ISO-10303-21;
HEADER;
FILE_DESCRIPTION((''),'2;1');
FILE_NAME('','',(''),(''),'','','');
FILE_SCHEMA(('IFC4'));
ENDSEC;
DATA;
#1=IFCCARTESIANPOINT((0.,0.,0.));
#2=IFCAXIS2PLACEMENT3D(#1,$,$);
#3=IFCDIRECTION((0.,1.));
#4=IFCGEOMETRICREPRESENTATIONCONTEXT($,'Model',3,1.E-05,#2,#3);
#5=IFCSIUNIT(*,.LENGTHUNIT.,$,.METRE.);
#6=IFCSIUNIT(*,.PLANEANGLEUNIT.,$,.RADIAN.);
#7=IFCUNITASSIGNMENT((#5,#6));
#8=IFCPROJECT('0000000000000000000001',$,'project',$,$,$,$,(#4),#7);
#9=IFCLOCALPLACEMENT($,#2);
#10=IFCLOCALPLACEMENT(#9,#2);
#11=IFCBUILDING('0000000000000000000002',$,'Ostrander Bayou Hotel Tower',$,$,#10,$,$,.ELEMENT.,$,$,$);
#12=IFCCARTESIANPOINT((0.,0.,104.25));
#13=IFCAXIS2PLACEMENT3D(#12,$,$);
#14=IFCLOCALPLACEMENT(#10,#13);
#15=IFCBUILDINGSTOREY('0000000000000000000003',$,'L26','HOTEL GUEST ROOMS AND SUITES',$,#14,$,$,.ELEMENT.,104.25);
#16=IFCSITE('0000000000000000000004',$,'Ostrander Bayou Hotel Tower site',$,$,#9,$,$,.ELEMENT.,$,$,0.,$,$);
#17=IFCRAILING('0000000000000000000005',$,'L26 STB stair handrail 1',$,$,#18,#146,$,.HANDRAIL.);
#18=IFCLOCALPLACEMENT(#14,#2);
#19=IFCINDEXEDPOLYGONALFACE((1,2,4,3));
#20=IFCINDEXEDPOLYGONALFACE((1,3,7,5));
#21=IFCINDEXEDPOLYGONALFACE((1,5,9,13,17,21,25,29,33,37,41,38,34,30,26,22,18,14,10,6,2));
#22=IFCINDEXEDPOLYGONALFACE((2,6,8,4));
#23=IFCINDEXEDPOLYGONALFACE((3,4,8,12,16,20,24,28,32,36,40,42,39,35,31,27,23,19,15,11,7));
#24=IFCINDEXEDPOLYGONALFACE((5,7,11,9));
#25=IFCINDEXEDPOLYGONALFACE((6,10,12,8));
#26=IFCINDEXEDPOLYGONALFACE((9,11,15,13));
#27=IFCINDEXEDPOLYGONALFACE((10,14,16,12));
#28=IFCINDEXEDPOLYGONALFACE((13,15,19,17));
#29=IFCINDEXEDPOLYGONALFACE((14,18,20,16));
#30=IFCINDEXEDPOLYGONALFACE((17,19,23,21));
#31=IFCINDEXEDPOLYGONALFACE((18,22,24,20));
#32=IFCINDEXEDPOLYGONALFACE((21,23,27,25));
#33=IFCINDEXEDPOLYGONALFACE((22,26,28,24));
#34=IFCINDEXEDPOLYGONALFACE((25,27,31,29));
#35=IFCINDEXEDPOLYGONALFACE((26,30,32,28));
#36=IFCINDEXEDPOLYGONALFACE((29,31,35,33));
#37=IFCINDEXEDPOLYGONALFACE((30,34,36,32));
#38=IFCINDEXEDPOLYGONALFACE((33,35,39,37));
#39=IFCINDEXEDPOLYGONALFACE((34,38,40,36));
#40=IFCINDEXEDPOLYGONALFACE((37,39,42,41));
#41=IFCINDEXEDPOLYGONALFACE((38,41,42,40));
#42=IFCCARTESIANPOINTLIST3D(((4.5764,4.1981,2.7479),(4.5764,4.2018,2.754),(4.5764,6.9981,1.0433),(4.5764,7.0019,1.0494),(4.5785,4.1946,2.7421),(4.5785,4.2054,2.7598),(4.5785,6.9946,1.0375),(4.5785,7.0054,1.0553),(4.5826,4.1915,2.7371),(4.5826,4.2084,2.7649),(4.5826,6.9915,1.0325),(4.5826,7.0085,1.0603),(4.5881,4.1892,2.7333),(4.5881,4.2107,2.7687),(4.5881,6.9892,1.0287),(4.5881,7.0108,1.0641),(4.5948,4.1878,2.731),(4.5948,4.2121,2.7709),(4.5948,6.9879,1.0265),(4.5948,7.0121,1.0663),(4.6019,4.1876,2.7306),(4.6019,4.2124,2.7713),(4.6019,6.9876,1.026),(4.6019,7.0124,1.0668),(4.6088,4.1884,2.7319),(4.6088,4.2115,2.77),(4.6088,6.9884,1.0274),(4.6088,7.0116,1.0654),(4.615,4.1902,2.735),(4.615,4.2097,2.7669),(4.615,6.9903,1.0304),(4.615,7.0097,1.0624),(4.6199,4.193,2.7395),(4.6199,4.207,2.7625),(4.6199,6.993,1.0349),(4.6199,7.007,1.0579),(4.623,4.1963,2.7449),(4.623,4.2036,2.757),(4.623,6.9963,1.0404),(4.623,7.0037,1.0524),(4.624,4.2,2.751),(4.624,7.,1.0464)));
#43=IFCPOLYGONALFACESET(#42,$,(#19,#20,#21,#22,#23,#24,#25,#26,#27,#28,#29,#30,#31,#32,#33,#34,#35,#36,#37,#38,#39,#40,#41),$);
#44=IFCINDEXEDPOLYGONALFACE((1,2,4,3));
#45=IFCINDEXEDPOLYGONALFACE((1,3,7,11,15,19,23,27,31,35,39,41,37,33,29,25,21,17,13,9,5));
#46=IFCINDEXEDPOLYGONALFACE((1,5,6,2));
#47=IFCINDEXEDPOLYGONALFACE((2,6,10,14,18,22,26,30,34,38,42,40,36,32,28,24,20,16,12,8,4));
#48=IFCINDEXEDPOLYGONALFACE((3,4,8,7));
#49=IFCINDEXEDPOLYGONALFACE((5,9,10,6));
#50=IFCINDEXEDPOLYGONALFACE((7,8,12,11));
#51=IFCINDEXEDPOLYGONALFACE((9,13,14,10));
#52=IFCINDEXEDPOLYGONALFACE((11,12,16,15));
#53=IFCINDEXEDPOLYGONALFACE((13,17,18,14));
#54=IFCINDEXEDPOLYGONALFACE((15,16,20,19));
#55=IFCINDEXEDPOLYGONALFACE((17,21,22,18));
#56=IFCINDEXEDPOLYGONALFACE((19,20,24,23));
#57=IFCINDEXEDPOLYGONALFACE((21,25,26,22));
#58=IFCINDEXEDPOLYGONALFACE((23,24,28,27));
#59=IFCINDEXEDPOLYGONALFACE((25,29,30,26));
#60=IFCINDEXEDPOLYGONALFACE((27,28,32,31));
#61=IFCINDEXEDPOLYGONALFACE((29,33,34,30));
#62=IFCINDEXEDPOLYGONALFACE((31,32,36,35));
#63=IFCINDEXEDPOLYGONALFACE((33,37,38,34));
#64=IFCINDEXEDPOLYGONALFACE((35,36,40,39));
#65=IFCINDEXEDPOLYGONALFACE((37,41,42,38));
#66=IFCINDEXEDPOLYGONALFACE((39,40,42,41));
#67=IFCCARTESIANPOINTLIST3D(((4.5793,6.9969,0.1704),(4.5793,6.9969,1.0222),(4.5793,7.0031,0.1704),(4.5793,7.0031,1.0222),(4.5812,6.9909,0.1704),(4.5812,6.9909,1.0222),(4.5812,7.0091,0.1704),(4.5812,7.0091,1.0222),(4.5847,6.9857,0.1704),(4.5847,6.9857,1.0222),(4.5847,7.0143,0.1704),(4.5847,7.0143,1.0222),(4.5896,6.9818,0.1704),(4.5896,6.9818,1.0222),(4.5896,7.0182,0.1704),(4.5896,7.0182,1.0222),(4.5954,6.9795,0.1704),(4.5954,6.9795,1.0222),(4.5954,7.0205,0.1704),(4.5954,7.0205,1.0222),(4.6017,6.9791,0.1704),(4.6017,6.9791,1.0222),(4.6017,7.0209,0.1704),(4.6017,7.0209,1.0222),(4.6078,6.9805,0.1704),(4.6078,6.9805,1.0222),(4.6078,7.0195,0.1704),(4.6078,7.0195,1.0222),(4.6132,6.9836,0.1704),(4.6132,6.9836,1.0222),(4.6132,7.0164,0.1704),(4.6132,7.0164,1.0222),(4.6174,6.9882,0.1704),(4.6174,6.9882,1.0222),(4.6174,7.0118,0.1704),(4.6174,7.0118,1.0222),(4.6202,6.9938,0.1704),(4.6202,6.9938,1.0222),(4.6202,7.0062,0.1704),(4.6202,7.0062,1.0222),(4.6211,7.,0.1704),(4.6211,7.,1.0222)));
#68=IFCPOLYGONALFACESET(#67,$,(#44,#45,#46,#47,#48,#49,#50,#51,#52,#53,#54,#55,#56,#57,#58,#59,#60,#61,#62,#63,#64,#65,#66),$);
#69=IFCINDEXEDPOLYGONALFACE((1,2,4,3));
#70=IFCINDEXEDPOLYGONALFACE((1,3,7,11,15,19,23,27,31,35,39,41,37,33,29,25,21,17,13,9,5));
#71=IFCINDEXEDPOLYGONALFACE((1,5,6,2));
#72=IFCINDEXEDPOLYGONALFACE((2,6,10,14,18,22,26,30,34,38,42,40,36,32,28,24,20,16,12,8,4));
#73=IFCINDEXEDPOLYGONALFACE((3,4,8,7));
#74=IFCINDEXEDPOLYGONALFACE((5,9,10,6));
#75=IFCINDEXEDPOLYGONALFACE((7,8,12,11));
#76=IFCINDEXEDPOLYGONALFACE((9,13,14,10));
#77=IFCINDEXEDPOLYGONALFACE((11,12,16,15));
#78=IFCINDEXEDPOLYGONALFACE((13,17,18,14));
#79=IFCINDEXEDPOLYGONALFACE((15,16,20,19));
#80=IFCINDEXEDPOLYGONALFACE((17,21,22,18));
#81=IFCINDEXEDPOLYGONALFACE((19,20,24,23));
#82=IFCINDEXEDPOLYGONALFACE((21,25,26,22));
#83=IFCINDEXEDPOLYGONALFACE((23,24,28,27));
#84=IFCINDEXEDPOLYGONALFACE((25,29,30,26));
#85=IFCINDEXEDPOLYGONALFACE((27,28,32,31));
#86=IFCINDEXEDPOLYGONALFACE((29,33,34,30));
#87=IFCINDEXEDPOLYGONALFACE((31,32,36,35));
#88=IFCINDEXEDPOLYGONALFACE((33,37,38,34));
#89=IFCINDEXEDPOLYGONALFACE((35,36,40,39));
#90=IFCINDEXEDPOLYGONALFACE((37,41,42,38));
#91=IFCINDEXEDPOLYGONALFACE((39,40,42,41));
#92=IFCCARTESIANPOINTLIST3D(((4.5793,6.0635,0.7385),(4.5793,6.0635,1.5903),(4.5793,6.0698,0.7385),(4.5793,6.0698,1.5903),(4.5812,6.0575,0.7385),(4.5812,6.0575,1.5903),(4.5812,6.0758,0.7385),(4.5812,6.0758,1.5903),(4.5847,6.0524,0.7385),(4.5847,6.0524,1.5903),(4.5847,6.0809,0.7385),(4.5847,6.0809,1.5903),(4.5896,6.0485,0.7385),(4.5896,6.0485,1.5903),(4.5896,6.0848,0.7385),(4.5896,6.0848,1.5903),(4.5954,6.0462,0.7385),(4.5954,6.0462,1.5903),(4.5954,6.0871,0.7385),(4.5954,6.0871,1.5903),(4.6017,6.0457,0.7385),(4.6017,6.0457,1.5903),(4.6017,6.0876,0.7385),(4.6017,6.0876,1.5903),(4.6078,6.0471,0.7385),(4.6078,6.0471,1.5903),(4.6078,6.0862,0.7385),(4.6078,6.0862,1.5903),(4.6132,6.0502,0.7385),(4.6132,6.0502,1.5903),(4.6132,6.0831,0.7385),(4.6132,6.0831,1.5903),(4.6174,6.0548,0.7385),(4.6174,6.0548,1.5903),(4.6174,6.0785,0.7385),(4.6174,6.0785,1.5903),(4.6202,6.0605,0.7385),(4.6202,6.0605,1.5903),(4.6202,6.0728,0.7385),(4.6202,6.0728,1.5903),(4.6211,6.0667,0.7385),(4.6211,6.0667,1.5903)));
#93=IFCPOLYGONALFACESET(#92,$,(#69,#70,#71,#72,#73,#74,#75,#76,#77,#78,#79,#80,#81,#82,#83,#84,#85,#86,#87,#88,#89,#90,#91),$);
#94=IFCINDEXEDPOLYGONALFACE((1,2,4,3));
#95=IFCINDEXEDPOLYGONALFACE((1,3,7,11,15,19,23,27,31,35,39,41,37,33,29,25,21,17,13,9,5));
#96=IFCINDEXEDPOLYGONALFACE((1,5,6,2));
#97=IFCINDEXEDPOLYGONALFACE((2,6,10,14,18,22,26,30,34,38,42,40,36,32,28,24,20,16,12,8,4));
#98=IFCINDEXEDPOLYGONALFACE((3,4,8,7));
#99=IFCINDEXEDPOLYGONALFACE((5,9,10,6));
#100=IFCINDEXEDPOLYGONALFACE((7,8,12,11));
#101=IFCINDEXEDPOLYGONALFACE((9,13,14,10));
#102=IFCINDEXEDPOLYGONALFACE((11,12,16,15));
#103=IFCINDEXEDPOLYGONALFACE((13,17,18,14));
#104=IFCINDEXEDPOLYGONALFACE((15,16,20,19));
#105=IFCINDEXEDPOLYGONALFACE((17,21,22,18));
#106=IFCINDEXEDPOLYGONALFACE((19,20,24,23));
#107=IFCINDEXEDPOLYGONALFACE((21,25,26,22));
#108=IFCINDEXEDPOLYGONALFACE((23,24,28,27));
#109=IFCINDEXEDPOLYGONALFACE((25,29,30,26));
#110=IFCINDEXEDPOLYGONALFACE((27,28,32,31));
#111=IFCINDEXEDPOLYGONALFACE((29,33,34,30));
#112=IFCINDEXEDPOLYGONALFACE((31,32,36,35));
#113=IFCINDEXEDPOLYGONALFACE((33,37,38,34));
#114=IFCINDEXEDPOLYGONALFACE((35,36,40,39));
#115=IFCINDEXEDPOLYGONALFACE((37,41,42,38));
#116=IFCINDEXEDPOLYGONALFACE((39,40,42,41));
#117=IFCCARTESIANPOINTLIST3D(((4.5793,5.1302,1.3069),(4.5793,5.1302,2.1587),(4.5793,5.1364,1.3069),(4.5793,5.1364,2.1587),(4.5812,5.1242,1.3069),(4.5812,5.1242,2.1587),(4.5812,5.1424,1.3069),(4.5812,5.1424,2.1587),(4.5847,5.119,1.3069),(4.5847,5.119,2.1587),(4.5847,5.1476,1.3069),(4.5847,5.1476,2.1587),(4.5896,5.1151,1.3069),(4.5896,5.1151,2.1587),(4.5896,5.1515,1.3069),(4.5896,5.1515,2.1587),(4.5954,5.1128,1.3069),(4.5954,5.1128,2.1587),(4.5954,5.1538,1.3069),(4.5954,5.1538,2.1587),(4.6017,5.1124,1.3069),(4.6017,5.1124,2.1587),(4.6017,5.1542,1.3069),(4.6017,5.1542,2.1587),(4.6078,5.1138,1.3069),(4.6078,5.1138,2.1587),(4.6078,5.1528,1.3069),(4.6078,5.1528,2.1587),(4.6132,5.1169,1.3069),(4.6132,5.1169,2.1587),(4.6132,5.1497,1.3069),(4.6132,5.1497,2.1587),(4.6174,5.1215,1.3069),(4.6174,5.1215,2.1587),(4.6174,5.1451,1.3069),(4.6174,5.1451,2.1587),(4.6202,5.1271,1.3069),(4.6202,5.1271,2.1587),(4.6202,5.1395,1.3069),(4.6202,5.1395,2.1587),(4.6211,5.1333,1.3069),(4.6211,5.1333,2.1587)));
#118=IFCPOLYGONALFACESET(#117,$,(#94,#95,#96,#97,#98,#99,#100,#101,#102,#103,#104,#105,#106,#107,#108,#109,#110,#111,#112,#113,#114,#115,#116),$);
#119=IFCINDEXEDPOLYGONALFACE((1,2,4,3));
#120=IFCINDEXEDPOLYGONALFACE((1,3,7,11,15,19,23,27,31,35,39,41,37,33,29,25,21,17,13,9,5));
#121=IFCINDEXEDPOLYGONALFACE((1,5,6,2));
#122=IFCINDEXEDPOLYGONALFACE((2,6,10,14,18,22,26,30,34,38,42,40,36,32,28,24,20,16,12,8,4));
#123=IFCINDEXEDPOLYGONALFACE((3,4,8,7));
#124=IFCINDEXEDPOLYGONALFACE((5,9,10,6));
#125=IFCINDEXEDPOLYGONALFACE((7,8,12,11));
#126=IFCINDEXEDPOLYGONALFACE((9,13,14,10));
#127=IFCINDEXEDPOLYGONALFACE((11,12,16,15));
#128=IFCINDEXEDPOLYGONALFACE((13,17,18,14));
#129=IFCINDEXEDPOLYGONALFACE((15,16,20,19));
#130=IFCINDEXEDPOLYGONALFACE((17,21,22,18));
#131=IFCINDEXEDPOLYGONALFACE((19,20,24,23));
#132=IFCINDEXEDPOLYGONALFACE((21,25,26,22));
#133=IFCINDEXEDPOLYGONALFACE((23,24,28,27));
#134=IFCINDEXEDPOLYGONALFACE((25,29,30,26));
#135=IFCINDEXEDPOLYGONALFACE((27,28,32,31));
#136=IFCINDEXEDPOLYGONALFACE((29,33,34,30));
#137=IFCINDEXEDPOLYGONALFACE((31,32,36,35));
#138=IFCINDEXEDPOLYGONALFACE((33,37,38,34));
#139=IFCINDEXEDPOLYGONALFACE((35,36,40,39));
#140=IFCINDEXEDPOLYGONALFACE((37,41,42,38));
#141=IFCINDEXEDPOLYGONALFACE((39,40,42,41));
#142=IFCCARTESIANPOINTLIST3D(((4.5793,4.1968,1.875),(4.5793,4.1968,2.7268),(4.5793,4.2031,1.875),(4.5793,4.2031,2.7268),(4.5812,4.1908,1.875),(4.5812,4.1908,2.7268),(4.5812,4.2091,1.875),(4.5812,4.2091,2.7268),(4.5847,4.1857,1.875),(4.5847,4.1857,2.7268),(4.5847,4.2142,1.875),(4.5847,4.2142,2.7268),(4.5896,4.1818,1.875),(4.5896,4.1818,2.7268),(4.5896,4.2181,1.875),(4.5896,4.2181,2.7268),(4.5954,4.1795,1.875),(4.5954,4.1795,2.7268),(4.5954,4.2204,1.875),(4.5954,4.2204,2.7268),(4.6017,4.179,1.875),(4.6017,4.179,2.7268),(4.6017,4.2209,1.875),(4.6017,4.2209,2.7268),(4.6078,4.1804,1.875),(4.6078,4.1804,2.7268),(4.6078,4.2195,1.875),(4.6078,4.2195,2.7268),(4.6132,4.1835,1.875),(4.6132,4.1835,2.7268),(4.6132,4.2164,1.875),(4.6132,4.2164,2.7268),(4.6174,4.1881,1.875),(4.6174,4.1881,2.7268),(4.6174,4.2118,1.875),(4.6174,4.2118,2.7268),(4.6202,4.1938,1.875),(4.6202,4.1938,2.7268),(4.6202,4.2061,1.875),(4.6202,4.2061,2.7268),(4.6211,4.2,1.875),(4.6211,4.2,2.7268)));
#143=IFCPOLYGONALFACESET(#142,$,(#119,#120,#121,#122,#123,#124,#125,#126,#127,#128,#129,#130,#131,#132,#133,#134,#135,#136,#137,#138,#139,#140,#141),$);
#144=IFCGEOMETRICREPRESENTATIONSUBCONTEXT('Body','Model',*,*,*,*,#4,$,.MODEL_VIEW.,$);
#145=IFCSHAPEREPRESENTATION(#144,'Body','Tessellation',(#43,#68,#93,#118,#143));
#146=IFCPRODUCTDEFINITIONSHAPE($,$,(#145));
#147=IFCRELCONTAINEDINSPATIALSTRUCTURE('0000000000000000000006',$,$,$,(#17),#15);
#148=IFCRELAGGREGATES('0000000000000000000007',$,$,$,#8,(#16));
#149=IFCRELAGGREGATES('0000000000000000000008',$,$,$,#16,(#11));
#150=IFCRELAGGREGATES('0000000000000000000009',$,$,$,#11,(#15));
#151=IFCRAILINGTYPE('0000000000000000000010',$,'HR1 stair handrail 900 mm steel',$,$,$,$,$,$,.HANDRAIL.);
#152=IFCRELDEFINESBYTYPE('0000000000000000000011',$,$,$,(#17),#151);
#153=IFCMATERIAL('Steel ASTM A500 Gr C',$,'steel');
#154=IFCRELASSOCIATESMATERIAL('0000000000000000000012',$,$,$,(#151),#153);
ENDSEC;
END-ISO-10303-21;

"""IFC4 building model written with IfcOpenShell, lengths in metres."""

from ifc_helpers import new_model, si_unit, direction, frame, origin, origin_2d, place, context, subcontext, project, spatial, circle, extrude, material, type_object, element, save


model = new_model("IFC4")

# Units and contexts
model_context = context("Model", 3, precision=1e-05, world=origin(), true_north=direction((0.0, 1.0)))
body_context = subcontext(model_context, "Body", "Model", "MODEL_VIEW")
ifc_project = project(units=[si_unit("LENGTHUNIT", "METRE"), si_unit("PLANEANGLEUNIT", "RADIAN")], contexts=[model_context])

# Site, building, storey
site_placement = place(None, origin())
site = spatial("IfcSite", under=ifc_project, at=site_placement, Name="Ostrander Bayou Hotel Tower site", CompositionType="ELEMENT", RefElevation=0.0)
building_placement = place(site_placement, origin())
building = spatial("IfcBuilding", under=site, at=building_placement, Name="Ostrander Bayou Hotel Tower", CompositionType="ELEMENT")
storey_placement = place(building_placement, frame((0.0, 0.0, 104.25)))
storey = spatial("IfcBuildingStorey", under=building, at=storey_placement, Name="L26", Description="HOTEL GUEST ROOMS AND SUITES", CompositionType="ELEMENT", Elevation=104.25)

# Railing
ifc_material_1 = material(Name="Steel ASTM A500 Gr C", Category="steel")
railing_type_1 = type_object("IfcRailingType", Name="HR1 stair handrail 900 mm steel", PredefinedType="HANDRAIL", material=ifc_material_1)
railing_1_placement = place(storey_placement, frame((4.6001, 7.0, 0.1704)))
element("IfcRailing", 1, at=railing_1_placement, inside=storey, type_object=railing_type_1, Name="L26 STB stair handrail 1", PredefinedType="HANDRAIL", context=body_context, shape_type="SweptSolid", body=[
    extrude(circle(Radius=0.0239, at=origin_2d()), frame((0.0, 0.0, 0.876), z_axis=(0.0, -0.85417, 0.519994), x_axis=(1.0, 0.0, 0.0)), (0.0, 0.0, 1.0), 3.2781),
    extrude(circle(Radius=0.021, at=origin_2d()), origin(), (0.0, 0.0, 1.0), 0.8518),
    extrude(circle(Radius=0.021, at=origin_2d()), frame((0.0, -0.9333, 0.5681)), (0.0, 0.0, 1.0), 0.8518),
    extrude(circle(Radius=0.021, at=origin_2d()), frame((0.0, -1.8667, 1.1365)), (0.0, 0.0, 1.0), 0.8518),
    extrude(circle(Radius=0.021, at=origin_2d()), frame((0.0, -2.8, 1.7046)), (0.0, 0.0, 1.0), 0.8518),
])

save(model, "model.ifc")
